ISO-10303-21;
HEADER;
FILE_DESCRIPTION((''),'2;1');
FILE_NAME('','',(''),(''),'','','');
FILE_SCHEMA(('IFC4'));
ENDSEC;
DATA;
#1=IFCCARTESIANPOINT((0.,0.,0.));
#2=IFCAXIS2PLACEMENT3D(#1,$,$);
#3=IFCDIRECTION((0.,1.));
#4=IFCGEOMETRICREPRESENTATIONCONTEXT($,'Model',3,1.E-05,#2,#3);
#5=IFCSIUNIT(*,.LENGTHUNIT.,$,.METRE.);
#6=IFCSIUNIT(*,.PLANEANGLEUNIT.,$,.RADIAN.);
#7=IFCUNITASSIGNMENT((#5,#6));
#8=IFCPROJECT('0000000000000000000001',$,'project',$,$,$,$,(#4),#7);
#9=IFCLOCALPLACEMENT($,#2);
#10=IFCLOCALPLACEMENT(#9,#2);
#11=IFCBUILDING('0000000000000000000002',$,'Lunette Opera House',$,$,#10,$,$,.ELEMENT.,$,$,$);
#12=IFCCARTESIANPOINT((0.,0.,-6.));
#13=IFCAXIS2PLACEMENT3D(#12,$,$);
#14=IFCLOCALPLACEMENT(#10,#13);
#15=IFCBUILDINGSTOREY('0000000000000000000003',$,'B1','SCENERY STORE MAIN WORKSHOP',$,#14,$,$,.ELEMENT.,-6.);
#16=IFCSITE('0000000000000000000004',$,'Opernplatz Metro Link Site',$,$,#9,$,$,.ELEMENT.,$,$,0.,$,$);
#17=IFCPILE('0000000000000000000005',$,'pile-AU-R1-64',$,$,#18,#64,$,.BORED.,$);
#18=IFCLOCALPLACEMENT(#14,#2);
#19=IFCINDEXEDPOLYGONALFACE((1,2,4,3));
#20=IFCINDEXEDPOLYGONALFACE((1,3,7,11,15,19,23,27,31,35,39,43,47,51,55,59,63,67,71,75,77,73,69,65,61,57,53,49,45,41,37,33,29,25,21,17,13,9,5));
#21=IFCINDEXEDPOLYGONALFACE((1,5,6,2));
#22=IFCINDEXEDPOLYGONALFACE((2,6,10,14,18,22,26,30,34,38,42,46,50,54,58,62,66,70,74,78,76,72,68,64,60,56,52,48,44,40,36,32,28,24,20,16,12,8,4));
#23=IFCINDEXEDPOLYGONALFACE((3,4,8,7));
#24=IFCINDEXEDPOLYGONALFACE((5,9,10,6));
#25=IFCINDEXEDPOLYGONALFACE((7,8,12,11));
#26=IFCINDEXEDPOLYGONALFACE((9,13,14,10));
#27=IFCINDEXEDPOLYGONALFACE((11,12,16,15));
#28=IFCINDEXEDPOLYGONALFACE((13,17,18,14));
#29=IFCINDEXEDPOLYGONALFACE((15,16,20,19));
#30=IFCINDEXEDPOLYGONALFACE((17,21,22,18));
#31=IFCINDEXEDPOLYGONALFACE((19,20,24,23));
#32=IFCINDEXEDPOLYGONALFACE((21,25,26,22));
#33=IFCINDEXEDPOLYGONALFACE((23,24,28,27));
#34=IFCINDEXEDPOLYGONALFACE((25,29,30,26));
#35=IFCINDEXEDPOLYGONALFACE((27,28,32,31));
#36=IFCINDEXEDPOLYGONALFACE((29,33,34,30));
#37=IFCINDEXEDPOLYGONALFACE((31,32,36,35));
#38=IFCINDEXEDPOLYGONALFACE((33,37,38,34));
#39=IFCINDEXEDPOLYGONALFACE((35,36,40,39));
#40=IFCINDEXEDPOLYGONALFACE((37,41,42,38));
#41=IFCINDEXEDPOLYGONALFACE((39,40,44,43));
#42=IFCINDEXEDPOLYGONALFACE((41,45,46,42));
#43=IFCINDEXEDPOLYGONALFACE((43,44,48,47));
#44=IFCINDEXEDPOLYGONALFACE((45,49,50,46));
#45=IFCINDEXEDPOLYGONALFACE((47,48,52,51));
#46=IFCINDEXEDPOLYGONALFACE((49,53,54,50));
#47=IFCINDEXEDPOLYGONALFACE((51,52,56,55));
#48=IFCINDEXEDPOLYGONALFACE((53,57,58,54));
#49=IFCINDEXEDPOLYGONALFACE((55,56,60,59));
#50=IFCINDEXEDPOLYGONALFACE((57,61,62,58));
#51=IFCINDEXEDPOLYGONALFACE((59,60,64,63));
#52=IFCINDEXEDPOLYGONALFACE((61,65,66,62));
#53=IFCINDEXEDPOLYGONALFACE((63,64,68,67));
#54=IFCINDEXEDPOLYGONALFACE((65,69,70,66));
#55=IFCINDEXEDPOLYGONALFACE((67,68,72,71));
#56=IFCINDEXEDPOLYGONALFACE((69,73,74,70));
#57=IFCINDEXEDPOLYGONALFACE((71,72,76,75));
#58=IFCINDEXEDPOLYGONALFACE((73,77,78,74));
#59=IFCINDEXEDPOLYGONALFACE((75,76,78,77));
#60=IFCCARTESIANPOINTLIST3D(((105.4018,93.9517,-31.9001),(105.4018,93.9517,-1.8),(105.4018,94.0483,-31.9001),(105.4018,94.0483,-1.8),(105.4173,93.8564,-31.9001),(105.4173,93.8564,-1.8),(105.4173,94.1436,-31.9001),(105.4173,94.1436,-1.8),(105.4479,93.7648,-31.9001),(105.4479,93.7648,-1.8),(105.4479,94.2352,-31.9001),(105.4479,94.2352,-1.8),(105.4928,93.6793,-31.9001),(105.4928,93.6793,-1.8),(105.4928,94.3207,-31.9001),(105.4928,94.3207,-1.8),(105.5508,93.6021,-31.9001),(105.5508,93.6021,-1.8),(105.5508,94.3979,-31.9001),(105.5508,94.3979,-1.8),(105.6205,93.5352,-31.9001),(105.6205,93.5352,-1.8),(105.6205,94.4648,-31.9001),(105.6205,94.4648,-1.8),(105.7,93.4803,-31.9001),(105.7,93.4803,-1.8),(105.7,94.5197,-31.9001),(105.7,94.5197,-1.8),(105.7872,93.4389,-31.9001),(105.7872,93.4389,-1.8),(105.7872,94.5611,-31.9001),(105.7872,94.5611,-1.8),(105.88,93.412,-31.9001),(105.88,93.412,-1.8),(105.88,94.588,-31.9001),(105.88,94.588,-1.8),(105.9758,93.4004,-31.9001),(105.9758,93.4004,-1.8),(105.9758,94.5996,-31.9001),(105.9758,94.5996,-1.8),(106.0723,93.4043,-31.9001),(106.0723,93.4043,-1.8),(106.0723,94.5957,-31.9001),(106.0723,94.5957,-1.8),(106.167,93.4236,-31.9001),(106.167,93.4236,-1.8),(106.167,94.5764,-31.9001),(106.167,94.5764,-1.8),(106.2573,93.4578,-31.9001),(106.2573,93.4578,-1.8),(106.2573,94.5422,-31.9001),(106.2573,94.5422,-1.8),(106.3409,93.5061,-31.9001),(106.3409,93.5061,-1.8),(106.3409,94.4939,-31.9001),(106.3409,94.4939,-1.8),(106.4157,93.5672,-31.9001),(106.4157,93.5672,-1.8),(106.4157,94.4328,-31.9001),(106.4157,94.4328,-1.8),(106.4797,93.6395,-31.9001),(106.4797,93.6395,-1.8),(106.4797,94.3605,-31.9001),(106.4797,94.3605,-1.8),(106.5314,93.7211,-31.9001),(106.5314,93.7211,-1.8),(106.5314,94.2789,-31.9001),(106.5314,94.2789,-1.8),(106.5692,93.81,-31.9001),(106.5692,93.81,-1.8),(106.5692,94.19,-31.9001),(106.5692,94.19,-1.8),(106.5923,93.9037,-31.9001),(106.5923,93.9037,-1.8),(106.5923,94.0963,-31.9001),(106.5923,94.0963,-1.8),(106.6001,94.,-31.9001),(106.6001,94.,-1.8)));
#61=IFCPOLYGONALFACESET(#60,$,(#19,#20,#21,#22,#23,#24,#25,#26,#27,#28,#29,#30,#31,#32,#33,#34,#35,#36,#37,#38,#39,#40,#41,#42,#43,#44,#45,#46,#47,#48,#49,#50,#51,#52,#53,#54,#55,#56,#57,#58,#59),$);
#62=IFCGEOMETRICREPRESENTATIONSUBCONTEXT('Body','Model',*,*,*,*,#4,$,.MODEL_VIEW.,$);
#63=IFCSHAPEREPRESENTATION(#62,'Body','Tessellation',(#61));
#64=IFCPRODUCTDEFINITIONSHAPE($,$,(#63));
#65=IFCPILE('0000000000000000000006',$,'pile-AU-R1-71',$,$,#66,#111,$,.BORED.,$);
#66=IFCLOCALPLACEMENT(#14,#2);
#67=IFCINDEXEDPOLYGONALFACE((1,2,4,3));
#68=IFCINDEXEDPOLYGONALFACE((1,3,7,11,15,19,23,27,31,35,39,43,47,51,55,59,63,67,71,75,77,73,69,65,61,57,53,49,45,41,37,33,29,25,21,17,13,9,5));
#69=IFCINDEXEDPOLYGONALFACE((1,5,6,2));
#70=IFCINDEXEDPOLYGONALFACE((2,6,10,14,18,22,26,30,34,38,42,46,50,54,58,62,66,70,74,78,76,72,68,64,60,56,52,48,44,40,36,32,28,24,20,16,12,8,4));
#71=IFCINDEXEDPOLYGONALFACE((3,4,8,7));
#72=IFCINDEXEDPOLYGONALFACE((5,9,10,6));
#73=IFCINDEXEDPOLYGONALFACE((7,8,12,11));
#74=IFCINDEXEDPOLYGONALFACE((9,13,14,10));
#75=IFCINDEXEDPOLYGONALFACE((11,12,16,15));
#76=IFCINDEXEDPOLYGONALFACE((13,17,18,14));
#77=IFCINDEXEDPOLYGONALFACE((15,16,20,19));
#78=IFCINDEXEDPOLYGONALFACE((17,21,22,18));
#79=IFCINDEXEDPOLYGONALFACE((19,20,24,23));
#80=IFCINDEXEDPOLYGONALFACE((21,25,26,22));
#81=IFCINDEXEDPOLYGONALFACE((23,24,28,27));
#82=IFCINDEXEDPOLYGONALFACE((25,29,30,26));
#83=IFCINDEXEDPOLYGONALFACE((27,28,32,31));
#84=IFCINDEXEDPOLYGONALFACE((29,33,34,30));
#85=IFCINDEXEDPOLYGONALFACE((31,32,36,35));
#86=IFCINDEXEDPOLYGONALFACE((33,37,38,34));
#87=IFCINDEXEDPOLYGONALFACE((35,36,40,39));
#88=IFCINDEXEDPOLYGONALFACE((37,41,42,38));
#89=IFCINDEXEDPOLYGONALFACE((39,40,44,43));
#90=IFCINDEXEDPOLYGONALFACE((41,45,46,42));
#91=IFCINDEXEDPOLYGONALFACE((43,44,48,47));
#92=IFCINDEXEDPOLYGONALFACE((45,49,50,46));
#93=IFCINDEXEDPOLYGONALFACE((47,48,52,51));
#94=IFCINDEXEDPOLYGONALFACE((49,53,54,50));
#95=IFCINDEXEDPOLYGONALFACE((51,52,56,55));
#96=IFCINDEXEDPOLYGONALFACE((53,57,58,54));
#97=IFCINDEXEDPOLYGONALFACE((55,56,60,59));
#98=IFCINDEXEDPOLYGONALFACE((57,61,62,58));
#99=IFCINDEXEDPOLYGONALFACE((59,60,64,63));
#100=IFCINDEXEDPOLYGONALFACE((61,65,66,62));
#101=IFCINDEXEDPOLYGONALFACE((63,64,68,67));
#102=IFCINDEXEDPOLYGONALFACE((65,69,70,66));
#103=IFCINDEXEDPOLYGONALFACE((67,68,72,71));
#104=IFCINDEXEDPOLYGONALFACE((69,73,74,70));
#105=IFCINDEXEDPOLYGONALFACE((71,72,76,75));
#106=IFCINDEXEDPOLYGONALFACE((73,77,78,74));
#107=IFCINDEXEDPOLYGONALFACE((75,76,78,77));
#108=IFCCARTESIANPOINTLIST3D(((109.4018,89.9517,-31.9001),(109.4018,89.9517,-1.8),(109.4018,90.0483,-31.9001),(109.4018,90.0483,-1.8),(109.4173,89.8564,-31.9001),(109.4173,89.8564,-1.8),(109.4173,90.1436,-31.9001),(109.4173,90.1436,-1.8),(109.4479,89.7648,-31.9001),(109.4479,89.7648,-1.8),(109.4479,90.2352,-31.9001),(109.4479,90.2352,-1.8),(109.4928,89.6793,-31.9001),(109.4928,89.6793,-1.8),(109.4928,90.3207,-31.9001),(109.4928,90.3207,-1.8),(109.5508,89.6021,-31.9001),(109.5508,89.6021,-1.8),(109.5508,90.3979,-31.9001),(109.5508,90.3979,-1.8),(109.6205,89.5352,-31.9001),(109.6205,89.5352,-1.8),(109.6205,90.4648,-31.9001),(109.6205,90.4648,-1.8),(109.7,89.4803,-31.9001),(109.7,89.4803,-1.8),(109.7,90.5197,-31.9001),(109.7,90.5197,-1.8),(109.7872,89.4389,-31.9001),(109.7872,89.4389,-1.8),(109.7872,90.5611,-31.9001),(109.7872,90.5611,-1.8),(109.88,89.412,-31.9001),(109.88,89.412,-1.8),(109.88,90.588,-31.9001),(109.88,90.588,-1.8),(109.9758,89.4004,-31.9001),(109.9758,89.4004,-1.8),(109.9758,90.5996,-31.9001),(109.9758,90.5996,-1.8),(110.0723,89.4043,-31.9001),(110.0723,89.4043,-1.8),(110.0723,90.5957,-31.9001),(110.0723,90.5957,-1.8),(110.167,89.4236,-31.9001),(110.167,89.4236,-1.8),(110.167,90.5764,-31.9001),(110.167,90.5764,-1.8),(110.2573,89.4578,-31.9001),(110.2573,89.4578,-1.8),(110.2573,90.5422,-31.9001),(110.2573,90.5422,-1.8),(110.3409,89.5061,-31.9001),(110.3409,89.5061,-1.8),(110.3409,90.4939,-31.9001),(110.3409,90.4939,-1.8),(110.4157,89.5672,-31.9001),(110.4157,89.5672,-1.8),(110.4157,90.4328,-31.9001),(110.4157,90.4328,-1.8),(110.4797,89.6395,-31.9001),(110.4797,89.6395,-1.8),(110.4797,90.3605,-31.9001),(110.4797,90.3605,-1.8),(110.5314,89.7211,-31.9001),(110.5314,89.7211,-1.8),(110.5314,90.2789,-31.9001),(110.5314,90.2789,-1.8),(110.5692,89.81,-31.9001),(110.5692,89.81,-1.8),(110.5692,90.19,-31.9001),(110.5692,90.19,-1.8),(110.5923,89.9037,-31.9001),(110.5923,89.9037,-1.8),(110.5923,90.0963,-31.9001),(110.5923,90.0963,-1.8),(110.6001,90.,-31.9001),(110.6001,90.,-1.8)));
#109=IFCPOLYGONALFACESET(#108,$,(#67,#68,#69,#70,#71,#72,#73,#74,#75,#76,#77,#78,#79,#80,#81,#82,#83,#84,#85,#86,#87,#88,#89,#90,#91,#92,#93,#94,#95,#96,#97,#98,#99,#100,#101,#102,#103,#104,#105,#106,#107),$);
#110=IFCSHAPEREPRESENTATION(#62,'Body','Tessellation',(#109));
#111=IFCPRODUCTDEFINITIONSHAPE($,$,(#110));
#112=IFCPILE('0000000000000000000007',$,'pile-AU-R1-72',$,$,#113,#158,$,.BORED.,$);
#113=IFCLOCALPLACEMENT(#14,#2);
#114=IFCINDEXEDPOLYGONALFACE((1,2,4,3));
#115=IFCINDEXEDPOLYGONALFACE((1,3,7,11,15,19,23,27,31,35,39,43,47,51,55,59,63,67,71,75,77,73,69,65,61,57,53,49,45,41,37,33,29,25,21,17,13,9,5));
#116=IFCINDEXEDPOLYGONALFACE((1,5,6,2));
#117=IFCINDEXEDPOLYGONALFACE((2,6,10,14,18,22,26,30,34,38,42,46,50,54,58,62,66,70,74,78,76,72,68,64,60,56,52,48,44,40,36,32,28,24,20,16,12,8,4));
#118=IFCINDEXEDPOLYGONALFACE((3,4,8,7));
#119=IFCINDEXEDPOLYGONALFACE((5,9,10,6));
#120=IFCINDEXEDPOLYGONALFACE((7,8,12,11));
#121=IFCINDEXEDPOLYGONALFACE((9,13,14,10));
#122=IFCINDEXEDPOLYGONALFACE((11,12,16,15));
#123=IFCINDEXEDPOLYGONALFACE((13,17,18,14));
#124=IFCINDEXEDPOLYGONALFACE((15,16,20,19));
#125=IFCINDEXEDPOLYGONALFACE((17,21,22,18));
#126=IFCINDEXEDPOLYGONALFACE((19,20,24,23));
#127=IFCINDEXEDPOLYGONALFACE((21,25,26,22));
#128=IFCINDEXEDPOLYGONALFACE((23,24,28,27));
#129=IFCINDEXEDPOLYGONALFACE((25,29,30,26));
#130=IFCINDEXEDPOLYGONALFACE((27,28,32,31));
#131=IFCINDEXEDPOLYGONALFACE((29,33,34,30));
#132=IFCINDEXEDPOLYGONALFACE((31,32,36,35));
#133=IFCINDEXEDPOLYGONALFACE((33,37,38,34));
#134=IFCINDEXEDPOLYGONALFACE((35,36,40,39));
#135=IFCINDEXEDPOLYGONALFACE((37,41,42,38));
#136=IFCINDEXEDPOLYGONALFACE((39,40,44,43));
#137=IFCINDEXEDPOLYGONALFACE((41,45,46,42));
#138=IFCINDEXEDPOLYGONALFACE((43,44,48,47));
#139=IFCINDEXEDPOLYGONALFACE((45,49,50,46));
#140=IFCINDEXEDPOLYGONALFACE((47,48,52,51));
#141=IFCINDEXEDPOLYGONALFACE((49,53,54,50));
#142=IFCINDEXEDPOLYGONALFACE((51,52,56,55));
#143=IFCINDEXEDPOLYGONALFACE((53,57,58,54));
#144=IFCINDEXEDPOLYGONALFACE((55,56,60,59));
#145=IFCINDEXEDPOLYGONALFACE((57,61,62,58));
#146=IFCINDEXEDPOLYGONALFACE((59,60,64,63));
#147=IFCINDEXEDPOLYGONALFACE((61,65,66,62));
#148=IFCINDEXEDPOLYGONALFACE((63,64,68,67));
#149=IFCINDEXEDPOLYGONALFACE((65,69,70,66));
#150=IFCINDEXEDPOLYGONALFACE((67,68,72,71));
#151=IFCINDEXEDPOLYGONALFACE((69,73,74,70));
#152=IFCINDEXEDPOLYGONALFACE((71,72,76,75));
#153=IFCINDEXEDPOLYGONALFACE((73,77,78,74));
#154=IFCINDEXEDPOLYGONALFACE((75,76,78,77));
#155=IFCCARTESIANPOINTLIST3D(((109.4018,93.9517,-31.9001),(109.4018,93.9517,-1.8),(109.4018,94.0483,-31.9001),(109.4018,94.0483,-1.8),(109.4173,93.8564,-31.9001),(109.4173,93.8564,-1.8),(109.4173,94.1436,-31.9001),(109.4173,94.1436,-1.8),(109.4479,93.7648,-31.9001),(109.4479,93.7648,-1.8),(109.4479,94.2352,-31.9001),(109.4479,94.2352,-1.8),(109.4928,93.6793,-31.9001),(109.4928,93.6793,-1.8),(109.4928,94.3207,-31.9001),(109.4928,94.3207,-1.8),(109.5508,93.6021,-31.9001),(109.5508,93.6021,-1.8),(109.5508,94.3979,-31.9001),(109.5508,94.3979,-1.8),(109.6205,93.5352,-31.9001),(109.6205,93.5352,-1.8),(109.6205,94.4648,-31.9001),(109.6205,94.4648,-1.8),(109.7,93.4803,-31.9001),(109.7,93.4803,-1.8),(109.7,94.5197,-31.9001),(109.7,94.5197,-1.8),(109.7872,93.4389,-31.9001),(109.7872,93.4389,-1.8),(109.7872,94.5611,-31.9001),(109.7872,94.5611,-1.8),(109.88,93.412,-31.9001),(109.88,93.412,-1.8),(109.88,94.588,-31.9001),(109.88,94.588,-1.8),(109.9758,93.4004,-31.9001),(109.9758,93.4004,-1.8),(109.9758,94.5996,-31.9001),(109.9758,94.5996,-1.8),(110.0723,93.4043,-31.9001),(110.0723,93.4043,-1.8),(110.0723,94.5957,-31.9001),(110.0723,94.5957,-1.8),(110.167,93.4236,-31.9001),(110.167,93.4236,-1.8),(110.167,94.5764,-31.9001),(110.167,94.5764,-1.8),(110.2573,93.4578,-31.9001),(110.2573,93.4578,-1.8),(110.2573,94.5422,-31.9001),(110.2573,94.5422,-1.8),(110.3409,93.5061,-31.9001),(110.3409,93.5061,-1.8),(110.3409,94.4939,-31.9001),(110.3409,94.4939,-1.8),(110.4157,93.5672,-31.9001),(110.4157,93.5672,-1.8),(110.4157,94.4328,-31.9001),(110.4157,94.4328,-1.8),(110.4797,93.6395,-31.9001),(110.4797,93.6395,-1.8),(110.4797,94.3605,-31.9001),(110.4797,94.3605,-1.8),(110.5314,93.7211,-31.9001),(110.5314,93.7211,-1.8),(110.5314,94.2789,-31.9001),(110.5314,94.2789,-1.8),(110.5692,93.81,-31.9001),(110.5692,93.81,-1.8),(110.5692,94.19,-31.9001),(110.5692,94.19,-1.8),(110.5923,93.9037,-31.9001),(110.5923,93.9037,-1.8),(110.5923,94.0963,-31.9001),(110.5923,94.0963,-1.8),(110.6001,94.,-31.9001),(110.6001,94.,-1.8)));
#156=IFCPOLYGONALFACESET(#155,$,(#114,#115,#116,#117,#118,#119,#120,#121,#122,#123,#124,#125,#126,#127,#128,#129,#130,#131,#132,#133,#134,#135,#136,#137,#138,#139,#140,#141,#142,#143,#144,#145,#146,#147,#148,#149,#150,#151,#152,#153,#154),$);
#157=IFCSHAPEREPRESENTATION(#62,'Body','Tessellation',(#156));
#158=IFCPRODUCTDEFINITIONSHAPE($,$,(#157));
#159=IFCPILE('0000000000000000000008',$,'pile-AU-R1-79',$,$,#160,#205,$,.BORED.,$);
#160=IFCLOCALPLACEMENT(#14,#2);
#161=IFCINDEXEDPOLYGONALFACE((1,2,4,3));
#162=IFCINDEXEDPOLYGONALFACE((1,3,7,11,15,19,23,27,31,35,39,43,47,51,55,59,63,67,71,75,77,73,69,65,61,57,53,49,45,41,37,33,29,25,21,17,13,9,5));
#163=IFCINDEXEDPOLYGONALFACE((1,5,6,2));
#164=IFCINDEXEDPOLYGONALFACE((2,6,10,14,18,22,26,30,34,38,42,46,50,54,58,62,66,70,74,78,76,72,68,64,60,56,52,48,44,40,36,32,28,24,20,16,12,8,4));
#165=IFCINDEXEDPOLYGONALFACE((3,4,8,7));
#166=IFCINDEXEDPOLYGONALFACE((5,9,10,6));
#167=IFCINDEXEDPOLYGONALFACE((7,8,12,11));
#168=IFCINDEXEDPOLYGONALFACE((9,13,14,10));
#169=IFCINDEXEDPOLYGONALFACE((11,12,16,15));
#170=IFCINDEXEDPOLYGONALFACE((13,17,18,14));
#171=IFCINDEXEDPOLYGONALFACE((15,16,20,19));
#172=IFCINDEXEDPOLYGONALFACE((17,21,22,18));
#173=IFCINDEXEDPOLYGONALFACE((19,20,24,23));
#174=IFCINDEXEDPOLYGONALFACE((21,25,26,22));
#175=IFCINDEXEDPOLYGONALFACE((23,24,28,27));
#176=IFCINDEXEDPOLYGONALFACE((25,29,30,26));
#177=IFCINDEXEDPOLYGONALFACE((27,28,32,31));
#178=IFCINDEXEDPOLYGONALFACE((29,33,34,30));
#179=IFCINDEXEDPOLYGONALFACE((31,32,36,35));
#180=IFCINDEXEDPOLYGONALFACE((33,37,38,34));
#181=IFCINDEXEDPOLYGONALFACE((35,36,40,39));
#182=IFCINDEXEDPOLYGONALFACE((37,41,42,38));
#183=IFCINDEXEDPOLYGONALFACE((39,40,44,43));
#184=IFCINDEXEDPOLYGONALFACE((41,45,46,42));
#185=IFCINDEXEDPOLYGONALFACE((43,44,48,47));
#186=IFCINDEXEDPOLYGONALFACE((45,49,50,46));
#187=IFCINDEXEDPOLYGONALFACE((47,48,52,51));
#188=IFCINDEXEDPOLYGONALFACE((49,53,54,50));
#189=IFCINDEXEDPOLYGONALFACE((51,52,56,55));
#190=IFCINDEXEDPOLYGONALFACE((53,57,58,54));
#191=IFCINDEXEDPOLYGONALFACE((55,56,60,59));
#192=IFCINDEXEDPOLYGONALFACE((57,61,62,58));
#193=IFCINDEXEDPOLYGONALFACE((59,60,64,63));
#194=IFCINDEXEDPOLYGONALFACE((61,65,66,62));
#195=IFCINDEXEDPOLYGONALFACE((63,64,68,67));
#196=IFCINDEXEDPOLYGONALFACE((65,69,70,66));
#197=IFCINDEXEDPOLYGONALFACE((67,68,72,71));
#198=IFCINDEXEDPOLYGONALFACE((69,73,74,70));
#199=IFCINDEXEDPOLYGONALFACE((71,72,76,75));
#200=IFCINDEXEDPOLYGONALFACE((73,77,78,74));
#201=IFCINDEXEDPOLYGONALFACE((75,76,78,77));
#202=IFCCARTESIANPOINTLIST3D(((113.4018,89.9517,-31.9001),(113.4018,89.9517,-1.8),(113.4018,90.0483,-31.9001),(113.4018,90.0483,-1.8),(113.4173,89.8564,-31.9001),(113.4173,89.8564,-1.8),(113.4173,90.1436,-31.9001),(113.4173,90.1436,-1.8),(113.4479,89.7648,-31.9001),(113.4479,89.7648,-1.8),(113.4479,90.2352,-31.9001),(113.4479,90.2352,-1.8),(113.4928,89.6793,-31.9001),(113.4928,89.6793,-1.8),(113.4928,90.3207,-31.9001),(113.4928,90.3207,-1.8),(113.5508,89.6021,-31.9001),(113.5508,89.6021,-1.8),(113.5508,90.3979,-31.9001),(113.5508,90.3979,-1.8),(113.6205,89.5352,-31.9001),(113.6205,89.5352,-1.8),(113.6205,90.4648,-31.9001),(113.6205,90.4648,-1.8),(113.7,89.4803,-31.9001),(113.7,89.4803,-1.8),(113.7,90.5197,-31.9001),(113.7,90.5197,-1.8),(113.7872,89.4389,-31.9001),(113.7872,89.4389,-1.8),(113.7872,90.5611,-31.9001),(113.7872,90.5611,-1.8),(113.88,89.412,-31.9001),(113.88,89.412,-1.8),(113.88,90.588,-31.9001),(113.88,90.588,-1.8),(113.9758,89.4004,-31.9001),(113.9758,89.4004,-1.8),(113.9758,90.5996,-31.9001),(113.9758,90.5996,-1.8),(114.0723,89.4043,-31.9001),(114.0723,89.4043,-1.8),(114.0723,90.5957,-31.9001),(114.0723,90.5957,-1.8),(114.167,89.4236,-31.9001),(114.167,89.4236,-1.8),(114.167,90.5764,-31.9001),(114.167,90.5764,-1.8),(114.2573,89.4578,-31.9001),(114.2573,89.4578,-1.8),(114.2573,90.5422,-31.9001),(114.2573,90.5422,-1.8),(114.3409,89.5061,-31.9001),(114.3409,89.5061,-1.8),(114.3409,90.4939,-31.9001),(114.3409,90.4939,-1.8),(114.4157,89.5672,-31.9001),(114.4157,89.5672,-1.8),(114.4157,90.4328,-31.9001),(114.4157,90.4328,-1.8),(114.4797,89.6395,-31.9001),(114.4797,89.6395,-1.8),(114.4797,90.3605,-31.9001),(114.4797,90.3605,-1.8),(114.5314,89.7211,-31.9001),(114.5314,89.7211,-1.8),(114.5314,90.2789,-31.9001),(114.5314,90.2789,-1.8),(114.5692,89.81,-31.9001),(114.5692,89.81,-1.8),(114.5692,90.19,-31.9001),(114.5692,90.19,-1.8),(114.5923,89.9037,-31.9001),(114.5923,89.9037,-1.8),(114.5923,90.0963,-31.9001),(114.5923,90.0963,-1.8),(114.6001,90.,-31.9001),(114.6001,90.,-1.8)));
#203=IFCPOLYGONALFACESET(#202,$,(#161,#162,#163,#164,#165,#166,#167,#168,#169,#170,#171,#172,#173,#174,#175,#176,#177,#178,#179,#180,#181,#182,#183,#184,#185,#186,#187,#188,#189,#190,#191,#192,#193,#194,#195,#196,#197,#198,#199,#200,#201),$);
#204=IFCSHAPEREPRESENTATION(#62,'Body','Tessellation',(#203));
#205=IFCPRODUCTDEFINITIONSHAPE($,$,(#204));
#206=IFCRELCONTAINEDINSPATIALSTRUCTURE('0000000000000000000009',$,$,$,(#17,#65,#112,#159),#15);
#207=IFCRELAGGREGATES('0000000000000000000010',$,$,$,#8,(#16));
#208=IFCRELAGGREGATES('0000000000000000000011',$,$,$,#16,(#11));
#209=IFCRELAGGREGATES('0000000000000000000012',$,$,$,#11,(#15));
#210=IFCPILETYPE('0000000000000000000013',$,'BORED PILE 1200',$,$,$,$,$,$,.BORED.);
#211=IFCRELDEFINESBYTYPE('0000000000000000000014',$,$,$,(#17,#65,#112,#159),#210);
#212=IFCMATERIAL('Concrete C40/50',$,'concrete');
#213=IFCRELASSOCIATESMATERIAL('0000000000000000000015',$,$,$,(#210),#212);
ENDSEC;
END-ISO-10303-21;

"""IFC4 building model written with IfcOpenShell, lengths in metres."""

from ifc_helpers import new_model, si_unit, direction, frame, origin, origin_2d, place, context, subcontext, project, spatial, circle, extrude, material, material_profile, profile_set, type_object, element, save


model = new_model("IFC4")

# Units and contexts
model_context = context("Model", 3, precision=1e-05, world=origin(), true_north=direction((0.0, 1.0)))
body_context = subcontext(model_context, "Body", "Model", "MODEL_VIEW")
ifc_project = project(units=[si_unit("LENGTHUNIT", "METRE"), si_unit("PLANEANGLEUNIT", "RADIAN")], contexts=[model_context])

# Site, building, storey
site_placement = place(None, origin())
site = spatial("IfcSite", under=ifc_project, at=site_placement, Name="Opernplatz Metro Link Site", CompositionType="ELEMENT", RefElevation=0.0)
building_placement = place(site_placement, origin())
building = spatial("IfcBuilding", under=site, at=building_placement, Name="Lunette Opera House", CompositionType="ELEMENT")
storey_placement = place(building_placement, frame((0.0, 0.0, -6.0)))
storey = spatial("IfcBuildingStorey", under=building, at=storey_placement, Name="B1", Description="SCENERY STORE MAIN WORKSHOP", CompositionType="ELEMENT", Elevation=-6.0)

# Piles
ifc_material_1 = material(Name="Concrete C40/50", Category="concrete")
ifc_material_profile = material_profile(ifc_material_1, circle(Radius=0.6001, at=origin_2d()), Name="BORED PILE 1200")
ifc_profile_set = profile_set([ifc_material_profile], Name="Concrete C40/50")
pile_type = type_object("IfcPileType", Name="BORED PILE 1200", PredefinedType="BORED", material=ifc_profile_set)
for number, where, z_axis, x_axis, name in (
    (1, (106.0, 94.0, -1.8), (0.0, 0.0, -1.0), (1.0, 0.0, 0.0), "pile-AU-R1-64"),
    (2, (110.0, 90.0, -1.8), (0.0, 0.0, -1.0), (1.0, 0.0, 0.0), "pile-AU-R1-71"),
    (3, (110.0, 94.0, -1.8), (0.0, 0.0, -1.0), (1.0, 0.0, 0.0), "pile-AU-R1-72"),
    (4, (114.0, 90.0, -1.8), (0.0, 0.0, -1.0), (1.0, 0.0, 0.0), "pile-AU-R1-79"),
):
    element("IfcPile", number, at=place(storey_placement, frame(where, z_axis=z_axis, x_axis=x_axis)), inside=storey, type_object=pile_type, Name=name, PredefinedType="BORED", context=body_context, shape_type="SweptSolid", body=[
        extrude(circle(Radius=0.6001, at=origin_2d()), origin(), (0.0, 0.0, 1.0), 30.1001),
    ])

save(model, "model.ifc")
